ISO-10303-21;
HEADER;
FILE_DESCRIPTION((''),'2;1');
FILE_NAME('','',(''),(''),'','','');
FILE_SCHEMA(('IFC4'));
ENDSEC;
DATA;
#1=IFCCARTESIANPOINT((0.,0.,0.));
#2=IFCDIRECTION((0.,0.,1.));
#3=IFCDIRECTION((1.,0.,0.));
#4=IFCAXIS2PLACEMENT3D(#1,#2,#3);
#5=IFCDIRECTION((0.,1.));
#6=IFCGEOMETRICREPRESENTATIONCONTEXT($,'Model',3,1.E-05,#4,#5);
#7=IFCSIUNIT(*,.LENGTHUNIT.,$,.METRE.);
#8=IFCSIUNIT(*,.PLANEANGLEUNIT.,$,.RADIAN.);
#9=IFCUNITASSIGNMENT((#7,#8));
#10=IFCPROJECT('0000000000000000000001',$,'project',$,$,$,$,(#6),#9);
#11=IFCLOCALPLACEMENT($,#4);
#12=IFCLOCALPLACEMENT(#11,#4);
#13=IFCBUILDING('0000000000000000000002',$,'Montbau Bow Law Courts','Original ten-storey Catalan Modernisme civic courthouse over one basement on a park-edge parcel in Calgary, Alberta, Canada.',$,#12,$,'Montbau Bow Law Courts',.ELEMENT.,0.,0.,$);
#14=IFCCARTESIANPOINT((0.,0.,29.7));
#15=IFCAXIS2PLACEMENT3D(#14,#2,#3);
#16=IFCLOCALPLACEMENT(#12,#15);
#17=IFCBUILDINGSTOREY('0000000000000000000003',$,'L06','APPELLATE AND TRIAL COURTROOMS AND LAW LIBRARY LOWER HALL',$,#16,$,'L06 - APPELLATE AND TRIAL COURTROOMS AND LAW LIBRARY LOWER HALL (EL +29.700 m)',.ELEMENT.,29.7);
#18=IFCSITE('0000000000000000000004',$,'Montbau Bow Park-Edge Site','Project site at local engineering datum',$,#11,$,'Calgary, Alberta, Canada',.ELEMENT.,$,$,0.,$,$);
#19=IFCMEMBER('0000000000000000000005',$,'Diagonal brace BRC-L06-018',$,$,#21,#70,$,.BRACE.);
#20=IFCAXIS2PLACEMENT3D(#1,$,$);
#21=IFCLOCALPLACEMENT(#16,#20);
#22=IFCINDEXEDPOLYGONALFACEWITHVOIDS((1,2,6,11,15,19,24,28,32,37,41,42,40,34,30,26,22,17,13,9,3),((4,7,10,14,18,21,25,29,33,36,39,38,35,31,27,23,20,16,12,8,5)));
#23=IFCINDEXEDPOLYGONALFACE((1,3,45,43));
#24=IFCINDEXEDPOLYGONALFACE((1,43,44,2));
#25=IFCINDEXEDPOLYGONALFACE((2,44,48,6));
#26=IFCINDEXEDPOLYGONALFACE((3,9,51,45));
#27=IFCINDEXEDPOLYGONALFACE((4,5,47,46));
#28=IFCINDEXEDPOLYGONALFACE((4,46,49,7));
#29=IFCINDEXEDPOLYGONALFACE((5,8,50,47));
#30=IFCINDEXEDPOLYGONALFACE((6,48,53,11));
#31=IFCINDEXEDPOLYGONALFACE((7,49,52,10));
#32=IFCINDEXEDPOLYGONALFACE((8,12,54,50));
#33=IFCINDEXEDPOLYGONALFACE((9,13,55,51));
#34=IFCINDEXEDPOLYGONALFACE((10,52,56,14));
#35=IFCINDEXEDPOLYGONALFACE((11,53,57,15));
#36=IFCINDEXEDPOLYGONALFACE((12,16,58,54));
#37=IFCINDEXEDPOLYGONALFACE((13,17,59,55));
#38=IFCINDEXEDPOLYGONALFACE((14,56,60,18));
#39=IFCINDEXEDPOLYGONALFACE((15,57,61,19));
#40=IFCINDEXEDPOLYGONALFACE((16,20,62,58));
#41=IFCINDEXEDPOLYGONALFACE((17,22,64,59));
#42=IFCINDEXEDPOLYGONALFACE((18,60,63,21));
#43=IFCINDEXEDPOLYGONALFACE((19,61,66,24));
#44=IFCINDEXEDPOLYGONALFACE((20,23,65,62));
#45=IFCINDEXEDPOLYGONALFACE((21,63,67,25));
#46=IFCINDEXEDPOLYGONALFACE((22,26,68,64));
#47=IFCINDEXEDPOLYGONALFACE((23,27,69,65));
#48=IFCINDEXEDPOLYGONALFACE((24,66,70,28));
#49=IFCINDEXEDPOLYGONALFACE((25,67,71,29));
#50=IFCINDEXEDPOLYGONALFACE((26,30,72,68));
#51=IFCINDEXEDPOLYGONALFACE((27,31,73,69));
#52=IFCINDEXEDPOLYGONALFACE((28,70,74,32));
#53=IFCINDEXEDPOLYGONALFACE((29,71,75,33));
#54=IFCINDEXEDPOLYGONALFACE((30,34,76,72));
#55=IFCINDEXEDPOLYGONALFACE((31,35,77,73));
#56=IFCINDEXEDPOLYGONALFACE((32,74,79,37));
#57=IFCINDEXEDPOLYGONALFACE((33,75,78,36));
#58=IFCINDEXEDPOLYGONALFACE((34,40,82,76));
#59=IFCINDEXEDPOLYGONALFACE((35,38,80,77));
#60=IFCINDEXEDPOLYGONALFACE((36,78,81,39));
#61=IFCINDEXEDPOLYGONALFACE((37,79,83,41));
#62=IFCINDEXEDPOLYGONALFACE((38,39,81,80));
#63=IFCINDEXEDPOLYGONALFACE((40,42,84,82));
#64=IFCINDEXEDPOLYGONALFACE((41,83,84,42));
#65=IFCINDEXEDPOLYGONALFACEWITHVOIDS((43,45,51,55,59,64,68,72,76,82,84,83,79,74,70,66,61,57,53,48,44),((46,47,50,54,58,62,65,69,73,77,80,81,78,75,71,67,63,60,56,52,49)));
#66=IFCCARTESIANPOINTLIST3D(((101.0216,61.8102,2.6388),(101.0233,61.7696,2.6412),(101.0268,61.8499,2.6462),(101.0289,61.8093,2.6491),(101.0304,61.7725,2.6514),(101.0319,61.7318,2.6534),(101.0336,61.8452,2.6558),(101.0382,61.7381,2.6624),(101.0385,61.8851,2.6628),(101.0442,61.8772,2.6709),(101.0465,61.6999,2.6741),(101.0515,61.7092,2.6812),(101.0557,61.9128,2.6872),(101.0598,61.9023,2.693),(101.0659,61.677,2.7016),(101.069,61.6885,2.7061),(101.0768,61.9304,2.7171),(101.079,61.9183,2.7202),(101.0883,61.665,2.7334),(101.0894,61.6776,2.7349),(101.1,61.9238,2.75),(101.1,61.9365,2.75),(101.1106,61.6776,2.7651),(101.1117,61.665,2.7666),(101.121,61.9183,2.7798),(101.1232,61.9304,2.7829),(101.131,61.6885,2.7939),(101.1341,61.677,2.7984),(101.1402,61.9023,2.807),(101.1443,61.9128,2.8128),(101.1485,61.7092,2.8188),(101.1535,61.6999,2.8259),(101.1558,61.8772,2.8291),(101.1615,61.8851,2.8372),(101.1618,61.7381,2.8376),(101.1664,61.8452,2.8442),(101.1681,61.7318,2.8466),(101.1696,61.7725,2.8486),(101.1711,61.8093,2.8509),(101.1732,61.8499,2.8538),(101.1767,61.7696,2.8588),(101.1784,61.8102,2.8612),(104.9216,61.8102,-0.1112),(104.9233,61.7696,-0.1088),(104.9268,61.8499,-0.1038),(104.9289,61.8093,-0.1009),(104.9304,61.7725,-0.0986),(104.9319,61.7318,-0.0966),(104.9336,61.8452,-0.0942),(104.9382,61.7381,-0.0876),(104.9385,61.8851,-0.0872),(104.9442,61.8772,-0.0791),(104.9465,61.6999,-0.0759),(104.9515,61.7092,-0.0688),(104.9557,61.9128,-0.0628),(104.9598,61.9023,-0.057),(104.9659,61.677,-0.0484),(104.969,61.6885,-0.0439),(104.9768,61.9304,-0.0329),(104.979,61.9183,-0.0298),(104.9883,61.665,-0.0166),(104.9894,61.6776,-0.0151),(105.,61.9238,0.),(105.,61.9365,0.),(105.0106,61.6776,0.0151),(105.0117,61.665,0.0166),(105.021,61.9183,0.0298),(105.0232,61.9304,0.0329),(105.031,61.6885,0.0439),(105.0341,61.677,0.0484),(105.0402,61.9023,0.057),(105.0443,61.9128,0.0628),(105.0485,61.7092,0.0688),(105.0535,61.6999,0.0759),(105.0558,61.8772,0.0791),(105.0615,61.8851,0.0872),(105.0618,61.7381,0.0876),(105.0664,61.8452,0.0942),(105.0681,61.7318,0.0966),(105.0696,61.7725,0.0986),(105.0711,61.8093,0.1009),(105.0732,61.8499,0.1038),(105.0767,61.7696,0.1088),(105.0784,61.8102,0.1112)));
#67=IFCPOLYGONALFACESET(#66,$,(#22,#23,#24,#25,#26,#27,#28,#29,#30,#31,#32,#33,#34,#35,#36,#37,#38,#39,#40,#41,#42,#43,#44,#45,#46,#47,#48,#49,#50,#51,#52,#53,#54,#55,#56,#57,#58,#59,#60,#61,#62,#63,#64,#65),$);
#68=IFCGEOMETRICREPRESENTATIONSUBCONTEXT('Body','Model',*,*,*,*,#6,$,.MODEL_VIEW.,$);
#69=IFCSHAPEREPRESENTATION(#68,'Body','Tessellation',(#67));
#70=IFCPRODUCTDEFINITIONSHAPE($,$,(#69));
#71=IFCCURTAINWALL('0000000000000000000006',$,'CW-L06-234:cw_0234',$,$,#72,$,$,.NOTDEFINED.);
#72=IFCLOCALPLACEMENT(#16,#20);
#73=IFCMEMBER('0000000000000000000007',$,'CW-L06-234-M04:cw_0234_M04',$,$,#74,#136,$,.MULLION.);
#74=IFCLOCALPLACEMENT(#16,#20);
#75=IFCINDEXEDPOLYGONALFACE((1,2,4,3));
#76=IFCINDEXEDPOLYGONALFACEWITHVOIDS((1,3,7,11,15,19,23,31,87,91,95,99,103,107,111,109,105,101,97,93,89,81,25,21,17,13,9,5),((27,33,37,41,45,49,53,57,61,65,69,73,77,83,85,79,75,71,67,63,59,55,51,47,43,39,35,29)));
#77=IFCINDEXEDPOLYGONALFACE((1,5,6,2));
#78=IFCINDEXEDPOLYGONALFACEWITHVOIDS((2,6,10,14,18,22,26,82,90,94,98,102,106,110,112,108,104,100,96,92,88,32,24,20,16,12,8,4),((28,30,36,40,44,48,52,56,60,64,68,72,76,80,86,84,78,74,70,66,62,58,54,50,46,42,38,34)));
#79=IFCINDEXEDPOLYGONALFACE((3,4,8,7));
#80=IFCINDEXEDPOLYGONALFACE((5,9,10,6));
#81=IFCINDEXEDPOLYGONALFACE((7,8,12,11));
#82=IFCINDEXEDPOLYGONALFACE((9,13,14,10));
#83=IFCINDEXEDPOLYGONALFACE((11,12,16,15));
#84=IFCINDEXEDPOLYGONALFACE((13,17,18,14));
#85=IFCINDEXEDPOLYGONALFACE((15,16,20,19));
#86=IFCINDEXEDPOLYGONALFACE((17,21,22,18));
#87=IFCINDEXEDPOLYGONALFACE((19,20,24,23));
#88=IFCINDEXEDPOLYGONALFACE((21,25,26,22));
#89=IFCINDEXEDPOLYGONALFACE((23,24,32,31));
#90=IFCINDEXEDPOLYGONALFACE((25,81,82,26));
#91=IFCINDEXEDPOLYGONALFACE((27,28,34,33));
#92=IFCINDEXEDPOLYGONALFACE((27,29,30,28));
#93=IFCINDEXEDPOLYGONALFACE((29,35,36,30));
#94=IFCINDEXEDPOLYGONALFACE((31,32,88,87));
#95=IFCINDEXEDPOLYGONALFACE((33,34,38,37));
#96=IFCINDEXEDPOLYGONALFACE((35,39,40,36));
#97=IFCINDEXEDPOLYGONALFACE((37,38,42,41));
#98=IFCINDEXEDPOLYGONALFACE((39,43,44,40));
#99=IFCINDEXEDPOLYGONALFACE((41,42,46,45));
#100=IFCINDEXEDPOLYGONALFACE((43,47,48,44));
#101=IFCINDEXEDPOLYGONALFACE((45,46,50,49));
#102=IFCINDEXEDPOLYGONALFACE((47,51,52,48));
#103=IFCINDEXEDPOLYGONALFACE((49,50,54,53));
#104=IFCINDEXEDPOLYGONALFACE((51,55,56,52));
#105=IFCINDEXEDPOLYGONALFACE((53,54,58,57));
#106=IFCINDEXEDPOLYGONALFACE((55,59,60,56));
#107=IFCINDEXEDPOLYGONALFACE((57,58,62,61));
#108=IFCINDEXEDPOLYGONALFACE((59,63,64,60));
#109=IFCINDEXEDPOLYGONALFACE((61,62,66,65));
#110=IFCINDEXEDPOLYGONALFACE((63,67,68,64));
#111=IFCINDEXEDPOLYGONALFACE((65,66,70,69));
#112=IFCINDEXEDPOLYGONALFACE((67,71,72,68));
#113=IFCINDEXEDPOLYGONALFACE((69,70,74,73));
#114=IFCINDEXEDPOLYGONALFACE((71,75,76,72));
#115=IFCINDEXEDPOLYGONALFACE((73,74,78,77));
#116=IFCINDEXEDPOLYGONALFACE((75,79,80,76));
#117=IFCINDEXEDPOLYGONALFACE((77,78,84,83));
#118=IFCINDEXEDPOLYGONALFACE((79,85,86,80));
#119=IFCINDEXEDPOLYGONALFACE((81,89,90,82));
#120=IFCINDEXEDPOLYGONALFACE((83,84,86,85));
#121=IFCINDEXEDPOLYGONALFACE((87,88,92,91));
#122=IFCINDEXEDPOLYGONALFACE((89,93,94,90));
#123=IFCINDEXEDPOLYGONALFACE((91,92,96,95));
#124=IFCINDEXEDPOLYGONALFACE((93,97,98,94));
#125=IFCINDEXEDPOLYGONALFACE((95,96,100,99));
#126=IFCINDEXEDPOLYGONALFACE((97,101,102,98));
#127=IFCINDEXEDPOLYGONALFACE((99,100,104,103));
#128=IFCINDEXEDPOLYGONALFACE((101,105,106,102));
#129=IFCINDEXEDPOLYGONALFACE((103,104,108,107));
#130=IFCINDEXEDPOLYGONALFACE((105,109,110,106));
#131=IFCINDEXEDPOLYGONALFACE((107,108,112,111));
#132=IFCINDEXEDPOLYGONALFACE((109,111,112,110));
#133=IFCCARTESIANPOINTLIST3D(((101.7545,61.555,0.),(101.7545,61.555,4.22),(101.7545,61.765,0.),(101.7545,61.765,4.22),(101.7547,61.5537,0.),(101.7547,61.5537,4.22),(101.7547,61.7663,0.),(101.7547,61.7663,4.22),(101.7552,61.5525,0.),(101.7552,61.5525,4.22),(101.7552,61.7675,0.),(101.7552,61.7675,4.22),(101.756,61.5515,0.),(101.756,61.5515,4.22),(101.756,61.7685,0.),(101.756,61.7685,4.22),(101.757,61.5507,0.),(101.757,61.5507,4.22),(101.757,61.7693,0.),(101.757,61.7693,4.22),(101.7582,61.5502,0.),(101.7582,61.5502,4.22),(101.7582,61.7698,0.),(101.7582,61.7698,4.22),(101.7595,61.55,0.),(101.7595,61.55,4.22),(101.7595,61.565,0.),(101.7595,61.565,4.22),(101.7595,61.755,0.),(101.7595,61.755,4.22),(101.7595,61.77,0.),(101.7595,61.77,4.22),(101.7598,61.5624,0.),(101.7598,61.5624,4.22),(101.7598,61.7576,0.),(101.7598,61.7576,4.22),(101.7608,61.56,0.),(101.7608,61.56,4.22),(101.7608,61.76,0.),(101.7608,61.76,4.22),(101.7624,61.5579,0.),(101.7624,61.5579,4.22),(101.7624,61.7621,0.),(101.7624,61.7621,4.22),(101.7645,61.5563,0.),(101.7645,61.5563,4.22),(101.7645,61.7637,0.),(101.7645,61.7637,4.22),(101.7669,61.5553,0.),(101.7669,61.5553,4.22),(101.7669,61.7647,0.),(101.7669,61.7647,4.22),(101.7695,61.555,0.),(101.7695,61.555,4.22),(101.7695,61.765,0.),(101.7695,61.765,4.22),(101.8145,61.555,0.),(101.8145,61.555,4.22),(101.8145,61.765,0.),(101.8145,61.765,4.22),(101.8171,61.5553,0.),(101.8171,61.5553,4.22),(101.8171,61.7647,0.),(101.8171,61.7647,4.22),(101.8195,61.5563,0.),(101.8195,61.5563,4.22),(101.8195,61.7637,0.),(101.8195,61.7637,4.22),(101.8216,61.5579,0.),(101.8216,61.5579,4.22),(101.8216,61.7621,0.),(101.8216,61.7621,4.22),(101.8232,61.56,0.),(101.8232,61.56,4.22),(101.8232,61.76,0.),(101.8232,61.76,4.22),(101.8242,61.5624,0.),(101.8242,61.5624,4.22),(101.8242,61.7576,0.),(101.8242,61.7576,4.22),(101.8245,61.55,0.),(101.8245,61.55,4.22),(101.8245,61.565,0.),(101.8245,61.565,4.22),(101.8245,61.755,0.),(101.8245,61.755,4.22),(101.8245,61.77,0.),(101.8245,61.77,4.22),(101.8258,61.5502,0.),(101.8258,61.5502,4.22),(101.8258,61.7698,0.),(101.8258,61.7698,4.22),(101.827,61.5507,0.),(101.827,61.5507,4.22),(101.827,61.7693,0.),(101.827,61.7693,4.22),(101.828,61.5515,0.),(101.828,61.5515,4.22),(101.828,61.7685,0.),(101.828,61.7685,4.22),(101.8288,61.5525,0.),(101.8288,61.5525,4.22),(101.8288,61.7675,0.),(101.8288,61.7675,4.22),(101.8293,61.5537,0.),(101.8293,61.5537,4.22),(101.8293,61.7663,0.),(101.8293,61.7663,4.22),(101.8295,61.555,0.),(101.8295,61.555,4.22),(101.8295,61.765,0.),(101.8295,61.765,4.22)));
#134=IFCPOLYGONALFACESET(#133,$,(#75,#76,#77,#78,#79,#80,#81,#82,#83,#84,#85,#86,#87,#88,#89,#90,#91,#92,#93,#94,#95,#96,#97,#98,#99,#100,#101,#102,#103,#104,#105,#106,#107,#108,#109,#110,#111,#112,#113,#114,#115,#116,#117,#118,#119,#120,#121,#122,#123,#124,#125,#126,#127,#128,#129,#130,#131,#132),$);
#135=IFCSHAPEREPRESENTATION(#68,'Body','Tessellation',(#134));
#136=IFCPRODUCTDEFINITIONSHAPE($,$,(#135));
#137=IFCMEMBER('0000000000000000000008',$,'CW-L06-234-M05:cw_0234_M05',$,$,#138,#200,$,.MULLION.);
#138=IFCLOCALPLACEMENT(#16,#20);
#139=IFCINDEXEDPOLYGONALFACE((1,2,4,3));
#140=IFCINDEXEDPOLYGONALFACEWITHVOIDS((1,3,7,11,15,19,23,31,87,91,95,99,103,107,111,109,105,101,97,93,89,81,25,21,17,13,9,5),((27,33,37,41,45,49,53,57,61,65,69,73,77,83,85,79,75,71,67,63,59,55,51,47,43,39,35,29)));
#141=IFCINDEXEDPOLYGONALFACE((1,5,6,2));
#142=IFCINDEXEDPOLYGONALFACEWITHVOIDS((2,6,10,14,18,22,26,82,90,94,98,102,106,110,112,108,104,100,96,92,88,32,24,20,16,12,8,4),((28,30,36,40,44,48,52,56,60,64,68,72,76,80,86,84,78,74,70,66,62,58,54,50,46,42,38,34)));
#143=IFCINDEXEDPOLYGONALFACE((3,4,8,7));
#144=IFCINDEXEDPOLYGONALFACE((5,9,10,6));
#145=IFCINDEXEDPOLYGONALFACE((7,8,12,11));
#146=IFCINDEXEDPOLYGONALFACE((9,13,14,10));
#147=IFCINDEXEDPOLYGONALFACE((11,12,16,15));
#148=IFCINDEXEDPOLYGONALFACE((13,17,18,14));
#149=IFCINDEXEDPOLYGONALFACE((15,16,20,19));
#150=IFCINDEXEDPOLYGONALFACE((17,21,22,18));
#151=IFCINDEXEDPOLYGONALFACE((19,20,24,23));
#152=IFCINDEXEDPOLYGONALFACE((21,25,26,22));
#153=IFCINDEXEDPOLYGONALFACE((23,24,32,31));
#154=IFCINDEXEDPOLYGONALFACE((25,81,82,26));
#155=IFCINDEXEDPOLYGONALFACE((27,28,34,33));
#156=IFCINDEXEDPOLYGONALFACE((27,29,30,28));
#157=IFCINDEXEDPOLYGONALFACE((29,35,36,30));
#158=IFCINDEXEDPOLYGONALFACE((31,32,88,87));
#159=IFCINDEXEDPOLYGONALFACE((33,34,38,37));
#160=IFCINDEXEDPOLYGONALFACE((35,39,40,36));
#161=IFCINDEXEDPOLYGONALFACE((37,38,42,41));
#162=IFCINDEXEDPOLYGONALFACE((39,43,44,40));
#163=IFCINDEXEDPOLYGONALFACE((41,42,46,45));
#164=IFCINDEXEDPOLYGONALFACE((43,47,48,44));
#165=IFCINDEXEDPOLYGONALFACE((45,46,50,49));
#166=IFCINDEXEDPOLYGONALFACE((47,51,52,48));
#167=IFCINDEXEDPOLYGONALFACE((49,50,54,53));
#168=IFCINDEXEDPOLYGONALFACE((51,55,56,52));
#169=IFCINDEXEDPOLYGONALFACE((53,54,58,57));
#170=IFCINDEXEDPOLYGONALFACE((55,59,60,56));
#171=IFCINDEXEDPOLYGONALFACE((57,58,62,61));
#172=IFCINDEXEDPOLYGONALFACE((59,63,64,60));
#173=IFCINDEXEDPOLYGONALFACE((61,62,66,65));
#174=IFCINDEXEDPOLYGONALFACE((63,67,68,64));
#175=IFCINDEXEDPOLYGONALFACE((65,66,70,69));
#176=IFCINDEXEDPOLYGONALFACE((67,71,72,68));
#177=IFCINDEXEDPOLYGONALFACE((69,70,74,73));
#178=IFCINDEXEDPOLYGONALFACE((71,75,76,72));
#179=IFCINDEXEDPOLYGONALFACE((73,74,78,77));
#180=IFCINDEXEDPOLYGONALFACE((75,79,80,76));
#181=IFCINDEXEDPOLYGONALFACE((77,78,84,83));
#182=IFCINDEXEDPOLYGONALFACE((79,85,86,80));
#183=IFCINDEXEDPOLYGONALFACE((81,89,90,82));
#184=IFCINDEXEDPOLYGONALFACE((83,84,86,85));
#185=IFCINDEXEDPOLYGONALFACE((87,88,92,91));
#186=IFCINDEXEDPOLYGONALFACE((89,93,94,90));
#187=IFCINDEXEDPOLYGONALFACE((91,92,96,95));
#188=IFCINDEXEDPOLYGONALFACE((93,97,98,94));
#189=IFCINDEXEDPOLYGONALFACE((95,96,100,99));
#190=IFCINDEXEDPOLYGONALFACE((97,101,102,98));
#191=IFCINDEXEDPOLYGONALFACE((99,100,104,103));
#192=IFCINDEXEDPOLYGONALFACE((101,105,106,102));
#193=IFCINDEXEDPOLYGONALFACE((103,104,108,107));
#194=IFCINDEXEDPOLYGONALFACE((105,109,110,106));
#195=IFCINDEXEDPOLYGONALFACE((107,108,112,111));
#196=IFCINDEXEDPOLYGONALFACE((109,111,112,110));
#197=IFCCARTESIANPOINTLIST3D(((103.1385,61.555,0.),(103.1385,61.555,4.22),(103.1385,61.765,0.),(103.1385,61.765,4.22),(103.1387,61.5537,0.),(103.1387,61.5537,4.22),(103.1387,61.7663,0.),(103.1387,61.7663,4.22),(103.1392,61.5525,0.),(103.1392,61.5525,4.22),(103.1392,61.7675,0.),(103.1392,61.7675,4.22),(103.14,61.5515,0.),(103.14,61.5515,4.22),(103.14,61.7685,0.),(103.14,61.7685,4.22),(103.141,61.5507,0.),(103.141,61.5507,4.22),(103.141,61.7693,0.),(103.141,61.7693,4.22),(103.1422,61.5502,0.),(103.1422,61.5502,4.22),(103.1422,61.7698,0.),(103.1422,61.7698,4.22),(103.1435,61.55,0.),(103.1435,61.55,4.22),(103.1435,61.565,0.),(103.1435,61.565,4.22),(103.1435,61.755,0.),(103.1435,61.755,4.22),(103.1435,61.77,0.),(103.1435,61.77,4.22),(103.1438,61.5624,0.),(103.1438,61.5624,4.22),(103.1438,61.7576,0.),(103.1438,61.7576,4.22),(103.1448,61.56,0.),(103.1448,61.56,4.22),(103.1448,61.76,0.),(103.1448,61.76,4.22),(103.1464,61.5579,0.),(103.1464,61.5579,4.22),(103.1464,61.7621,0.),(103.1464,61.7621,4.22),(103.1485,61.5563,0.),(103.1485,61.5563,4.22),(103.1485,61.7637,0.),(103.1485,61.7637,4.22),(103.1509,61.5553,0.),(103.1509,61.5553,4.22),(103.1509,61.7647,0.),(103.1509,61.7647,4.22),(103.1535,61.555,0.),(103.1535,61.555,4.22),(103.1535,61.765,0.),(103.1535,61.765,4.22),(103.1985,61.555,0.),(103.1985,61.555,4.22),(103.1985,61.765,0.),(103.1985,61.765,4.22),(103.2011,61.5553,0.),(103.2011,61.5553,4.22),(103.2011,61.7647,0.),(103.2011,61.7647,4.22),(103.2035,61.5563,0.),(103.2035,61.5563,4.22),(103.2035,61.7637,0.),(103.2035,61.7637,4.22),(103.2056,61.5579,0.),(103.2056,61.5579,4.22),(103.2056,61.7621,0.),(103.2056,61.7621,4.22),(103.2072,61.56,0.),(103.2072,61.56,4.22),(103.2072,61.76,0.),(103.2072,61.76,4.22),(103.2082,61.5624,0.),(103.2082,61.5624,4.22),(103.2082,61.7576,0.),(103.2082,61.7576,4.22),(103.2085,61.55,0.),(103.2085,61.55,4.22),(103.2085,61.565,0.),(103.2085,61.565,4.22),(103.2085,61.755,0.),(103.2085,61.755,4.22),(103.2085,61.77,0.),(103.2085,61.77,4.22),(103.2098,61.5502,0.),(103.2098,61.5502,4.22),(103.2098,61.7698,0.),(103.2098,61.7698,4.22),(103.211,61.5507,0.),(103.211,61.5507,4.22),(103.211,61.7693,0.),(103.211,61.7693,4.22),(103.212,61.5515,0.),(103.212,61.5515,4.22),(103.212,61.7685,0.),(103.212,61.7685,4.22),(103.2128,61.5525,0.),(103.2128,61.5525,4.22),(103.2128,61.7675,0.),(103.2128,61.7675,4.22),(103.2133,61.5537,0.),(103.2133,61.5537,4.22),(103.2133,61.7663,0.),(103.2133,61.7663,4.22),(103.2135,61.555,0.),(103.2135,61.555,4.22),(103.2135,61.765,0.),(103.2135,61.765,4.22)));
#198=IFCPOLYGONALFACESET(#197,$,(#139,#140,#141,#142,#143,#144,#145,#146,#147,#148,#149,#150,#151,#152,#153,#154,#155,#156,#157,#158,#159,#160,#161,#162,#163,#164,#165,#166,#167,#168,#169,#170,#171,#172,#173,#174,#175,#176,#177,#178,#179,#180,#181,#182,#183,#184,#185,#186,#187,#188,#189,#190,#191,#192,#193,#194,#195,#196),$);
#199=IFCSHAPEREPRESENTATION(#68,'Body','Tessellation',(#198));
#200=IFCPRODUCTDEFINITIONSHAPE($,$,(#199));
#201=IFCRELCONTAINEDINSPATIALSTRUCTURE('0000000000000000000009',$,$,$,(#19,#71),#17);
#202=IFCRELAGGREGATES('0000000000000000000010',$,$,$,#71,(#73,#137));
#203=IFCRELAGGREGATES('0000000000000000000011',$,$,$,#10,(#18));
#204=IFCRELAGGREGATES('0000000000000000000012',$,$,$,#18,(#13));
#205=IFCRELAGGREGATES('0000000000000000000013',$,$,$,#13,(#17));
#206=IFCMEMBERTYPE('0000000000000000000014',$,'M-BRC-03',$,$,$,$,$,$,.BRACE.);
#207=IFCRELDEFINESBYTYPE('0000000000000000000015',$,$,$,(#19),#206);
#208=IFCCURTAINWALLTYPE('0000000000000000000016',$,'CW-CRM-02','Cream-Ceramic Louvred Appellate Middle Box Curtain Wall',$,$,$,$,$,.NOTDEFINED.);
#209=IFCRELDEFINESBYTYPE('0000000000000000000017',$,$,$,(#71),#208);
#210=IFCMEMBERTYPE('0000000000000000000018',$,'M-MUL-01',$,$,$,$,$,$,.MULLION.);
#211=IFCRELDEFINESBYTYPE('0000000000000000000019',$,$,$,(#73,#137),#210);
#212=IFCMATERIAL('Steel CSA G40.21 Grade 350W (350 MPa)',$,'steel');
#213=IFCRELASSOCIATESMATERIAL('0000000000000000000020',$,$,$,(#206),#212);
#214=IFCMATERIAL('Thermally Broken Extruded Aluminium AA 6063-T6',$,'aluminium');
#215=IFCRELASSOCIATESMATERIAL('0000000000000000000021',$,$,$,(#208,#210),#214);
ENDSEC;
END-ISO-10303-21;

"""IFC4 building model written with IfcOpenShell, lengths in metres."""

from ifc_helpers import new_model, si_unit, direction, frame, origin_with_axes, origin_2d_with_axis, place, context, subcontext, project, spatial, hollow_rectangle, hollow_circle, extrude, material, material_profile, profile_set, type_object, element, aggregate, save


model = new_model("IFC4")

# Units and contexts
model_context = context("Model", 3, precision=1e-05, world=origin_with_axes(), true_north=direction((0.0, 1.0)))
body_context = subcontext(model_context, "Body", "Model", "MODEL_VIEW")
ifc_project = project(units=[si_unit("LENGTHUNIT", "METRE"), si_unit("PLANEANGLEUNIT", "RADIAN")], contexts=[model_context])

# Site, building, storey
site_placement = place(None, origin_with_axes())
site = spatial("IfcSite", under=ifc_project, at=site_placement, Name="Montbau Bow Park-Edge Site", Description="Project site at local engineering datum", LongName="Calgary, Alberta, Canada", CompositionType="ELEMENT", RefElevation=0.0)
building_placement = place(site_placement, origin_with_axes())
building = spatial("IfcBuilding", under=site, at=building_placement, Name="Montbau Bow Law Courts", Description="Original ten-storey Catalan Modernisme civic courthouse over one basement on a park-edge parcel in Calgary, Alberta, Canada.", LongName="Montbau Bow Law Courts", CompositionType="ELEMENT", ElevationOfRefHeight=0.0, ElevationOfTerrain=0.0)
storey_placement = place(building_placement, frame((0.0, 0.0, 29.7), z_axis=(0.0, 0.0, 1.0), x_axis=(1.0, 0.0, 0.0)))
storey = spatial("IfcBuildingStorey", under=building, at=storey_placement, Name="L06", Description="APPELLATE AND TRIAL COURTROOMS AND LAW LIBRARY LOWER HALL", LongName="L06 - APPELLATE AND TRIAL COURTROOMS AND LAW LIBRARY LOWER HALL (EL +29.700 m)", CompositionType="ELEMENT", Elevation=29.7)

# Member
ifc_material_1 = material(Name="Steel CSA G40.21 Grade 350W (350 MPa)", Category="steel")
ifc_material_profile_1 = material_profile(ifc_material_1, hollow_circle(Radius=0.1365, WallThickness=0.0127, at=origin_2d_with_axis()), Name="HSS273X13", Category="Main", Priority=0)
ifc_profile_set_1 = profile_set([ifc_material_profile_1], Name="Steel CSA G40.21 Grade 350W (350 MPa)")
member_type_1 = type_object("IfcMemberType", Name="M-BRC-03", PredefinedType="BRACE", material=ifc_profile_set_1)
member_1_placement = place(None, frame((101.1, 61.8, 32.45), z_axis=(0.817258, 0.0, -0.576272), x_axis=(0.0, 1.0, 0.0)))
element("IfcMember", 1, at=member_1_placement, inside=storey, type_object=member_type_1, Name="Diagonal brace BRC-L06-018", PredefinedType="BRACE", context=body_context, shape_type="SweptSolid", body=[
    extrude(hollow_circle(Radius=0.1365, WallThickness=0.0127, at=origin_2d_with_axis()), origin_with_axes(), (0.0, 0.0, 1.0), 4.7721),
])

# Curtain wall, members
ifc_material_2 = material(Name="Thermally Broken Extruded Aluminium AA 6063-T6", Category="aluminium")
curtain_wall_type = type_object("IfcCurtainWallType", Name="CW-CRM-02", Description="Cream-Ceramic Louvred Appellate Middle Box Curtain Wall", PredefinedType="NOTDEFINED", material=ifc_material_2)
curtain_wall_placement = place(None, frame((97.64, 61.66, 29.7), z_axis=(0.0, 0.0, 1.0), x_axis=(1.0, 0.0, 0.0)))
curtain_wall = element("IfcCurtainWall", 2, at=curtain_wall_placement, inside=storey, type_object=curtain_wall_type, Name="CW-L06-234:cw_0234", PredefinedType="NOTDEFINED")
ifc_material_profile_2 = material_profile(ifc_material_2, hollow_rectangle(XDim=0.075, YDim=0.22, WallThickness=0.005, InnerFilletRadius=0.01, OuterFilletRadius=0.005, at=origin_2d_with_axis()), Name="CWM-220X75", Category="Main", Priority=0)
ifc_profile_set_2 = profile_set([ifc_material_profile_2], Name="Thermally Broken Extruded Aluminium AA 6063-T6")
member_type_2 = type_object("IfcMemberType", Name="M-MUL-01", PredefinedType="MULLION", material=ifc_profile_set_2)
member_2_placement = place(None, frame((101.792, 61.66, 29.7), z_axis=(0.0, 0.0, 1.0), x_axis=(1.0, 0.0, 0.0)))
member_2 = element("IfcMember", 3, at=member_2_placement, type_object=member_type_2, Name="CW-L06-234-M04:cw_0234_M04", PredefinedType="MULLION", context=body_context, shape_type="SweptSolid", body=[
    extrude(hollow_rectangle(XDim=0.075, YDim=0.22, WallThickness=0.005, InnerFilletRadius=0.01, OuterFilletRadius=0.005, at=origin_2d_with_axis()), origin_with_axes(), (0.0, 0.0, 1.0), 4.22),
])
member_3_placement = place(None, frame((103.176, 61.66, 29.7), z_axis=(0.0, 0.0, 1.0), x_axis=(1.0, 0.0, 0.0)))
member_3 = element("IfcMember", 4, at=member_3_placement, type_object=member_type_2, Name="CW-L06-234-M05:cw_0234_M05", PredefinedType="MULLION", context=body_context, shape_type="SweptSolid", body=[
    extrude(hollow_rectangle(XDim=0.075, YDim=0.22, WallThickness=0.005, InnerFilletRadius=0.01, OuterFilletRadius=0.005, at=origin_2d_with_axis()), origin_with_axes(), (0.0, 0.0, 1.0), 4.22),
])

aggregate(curtain_wall, [member_2, member_3])

save(model, "model.ifc")
